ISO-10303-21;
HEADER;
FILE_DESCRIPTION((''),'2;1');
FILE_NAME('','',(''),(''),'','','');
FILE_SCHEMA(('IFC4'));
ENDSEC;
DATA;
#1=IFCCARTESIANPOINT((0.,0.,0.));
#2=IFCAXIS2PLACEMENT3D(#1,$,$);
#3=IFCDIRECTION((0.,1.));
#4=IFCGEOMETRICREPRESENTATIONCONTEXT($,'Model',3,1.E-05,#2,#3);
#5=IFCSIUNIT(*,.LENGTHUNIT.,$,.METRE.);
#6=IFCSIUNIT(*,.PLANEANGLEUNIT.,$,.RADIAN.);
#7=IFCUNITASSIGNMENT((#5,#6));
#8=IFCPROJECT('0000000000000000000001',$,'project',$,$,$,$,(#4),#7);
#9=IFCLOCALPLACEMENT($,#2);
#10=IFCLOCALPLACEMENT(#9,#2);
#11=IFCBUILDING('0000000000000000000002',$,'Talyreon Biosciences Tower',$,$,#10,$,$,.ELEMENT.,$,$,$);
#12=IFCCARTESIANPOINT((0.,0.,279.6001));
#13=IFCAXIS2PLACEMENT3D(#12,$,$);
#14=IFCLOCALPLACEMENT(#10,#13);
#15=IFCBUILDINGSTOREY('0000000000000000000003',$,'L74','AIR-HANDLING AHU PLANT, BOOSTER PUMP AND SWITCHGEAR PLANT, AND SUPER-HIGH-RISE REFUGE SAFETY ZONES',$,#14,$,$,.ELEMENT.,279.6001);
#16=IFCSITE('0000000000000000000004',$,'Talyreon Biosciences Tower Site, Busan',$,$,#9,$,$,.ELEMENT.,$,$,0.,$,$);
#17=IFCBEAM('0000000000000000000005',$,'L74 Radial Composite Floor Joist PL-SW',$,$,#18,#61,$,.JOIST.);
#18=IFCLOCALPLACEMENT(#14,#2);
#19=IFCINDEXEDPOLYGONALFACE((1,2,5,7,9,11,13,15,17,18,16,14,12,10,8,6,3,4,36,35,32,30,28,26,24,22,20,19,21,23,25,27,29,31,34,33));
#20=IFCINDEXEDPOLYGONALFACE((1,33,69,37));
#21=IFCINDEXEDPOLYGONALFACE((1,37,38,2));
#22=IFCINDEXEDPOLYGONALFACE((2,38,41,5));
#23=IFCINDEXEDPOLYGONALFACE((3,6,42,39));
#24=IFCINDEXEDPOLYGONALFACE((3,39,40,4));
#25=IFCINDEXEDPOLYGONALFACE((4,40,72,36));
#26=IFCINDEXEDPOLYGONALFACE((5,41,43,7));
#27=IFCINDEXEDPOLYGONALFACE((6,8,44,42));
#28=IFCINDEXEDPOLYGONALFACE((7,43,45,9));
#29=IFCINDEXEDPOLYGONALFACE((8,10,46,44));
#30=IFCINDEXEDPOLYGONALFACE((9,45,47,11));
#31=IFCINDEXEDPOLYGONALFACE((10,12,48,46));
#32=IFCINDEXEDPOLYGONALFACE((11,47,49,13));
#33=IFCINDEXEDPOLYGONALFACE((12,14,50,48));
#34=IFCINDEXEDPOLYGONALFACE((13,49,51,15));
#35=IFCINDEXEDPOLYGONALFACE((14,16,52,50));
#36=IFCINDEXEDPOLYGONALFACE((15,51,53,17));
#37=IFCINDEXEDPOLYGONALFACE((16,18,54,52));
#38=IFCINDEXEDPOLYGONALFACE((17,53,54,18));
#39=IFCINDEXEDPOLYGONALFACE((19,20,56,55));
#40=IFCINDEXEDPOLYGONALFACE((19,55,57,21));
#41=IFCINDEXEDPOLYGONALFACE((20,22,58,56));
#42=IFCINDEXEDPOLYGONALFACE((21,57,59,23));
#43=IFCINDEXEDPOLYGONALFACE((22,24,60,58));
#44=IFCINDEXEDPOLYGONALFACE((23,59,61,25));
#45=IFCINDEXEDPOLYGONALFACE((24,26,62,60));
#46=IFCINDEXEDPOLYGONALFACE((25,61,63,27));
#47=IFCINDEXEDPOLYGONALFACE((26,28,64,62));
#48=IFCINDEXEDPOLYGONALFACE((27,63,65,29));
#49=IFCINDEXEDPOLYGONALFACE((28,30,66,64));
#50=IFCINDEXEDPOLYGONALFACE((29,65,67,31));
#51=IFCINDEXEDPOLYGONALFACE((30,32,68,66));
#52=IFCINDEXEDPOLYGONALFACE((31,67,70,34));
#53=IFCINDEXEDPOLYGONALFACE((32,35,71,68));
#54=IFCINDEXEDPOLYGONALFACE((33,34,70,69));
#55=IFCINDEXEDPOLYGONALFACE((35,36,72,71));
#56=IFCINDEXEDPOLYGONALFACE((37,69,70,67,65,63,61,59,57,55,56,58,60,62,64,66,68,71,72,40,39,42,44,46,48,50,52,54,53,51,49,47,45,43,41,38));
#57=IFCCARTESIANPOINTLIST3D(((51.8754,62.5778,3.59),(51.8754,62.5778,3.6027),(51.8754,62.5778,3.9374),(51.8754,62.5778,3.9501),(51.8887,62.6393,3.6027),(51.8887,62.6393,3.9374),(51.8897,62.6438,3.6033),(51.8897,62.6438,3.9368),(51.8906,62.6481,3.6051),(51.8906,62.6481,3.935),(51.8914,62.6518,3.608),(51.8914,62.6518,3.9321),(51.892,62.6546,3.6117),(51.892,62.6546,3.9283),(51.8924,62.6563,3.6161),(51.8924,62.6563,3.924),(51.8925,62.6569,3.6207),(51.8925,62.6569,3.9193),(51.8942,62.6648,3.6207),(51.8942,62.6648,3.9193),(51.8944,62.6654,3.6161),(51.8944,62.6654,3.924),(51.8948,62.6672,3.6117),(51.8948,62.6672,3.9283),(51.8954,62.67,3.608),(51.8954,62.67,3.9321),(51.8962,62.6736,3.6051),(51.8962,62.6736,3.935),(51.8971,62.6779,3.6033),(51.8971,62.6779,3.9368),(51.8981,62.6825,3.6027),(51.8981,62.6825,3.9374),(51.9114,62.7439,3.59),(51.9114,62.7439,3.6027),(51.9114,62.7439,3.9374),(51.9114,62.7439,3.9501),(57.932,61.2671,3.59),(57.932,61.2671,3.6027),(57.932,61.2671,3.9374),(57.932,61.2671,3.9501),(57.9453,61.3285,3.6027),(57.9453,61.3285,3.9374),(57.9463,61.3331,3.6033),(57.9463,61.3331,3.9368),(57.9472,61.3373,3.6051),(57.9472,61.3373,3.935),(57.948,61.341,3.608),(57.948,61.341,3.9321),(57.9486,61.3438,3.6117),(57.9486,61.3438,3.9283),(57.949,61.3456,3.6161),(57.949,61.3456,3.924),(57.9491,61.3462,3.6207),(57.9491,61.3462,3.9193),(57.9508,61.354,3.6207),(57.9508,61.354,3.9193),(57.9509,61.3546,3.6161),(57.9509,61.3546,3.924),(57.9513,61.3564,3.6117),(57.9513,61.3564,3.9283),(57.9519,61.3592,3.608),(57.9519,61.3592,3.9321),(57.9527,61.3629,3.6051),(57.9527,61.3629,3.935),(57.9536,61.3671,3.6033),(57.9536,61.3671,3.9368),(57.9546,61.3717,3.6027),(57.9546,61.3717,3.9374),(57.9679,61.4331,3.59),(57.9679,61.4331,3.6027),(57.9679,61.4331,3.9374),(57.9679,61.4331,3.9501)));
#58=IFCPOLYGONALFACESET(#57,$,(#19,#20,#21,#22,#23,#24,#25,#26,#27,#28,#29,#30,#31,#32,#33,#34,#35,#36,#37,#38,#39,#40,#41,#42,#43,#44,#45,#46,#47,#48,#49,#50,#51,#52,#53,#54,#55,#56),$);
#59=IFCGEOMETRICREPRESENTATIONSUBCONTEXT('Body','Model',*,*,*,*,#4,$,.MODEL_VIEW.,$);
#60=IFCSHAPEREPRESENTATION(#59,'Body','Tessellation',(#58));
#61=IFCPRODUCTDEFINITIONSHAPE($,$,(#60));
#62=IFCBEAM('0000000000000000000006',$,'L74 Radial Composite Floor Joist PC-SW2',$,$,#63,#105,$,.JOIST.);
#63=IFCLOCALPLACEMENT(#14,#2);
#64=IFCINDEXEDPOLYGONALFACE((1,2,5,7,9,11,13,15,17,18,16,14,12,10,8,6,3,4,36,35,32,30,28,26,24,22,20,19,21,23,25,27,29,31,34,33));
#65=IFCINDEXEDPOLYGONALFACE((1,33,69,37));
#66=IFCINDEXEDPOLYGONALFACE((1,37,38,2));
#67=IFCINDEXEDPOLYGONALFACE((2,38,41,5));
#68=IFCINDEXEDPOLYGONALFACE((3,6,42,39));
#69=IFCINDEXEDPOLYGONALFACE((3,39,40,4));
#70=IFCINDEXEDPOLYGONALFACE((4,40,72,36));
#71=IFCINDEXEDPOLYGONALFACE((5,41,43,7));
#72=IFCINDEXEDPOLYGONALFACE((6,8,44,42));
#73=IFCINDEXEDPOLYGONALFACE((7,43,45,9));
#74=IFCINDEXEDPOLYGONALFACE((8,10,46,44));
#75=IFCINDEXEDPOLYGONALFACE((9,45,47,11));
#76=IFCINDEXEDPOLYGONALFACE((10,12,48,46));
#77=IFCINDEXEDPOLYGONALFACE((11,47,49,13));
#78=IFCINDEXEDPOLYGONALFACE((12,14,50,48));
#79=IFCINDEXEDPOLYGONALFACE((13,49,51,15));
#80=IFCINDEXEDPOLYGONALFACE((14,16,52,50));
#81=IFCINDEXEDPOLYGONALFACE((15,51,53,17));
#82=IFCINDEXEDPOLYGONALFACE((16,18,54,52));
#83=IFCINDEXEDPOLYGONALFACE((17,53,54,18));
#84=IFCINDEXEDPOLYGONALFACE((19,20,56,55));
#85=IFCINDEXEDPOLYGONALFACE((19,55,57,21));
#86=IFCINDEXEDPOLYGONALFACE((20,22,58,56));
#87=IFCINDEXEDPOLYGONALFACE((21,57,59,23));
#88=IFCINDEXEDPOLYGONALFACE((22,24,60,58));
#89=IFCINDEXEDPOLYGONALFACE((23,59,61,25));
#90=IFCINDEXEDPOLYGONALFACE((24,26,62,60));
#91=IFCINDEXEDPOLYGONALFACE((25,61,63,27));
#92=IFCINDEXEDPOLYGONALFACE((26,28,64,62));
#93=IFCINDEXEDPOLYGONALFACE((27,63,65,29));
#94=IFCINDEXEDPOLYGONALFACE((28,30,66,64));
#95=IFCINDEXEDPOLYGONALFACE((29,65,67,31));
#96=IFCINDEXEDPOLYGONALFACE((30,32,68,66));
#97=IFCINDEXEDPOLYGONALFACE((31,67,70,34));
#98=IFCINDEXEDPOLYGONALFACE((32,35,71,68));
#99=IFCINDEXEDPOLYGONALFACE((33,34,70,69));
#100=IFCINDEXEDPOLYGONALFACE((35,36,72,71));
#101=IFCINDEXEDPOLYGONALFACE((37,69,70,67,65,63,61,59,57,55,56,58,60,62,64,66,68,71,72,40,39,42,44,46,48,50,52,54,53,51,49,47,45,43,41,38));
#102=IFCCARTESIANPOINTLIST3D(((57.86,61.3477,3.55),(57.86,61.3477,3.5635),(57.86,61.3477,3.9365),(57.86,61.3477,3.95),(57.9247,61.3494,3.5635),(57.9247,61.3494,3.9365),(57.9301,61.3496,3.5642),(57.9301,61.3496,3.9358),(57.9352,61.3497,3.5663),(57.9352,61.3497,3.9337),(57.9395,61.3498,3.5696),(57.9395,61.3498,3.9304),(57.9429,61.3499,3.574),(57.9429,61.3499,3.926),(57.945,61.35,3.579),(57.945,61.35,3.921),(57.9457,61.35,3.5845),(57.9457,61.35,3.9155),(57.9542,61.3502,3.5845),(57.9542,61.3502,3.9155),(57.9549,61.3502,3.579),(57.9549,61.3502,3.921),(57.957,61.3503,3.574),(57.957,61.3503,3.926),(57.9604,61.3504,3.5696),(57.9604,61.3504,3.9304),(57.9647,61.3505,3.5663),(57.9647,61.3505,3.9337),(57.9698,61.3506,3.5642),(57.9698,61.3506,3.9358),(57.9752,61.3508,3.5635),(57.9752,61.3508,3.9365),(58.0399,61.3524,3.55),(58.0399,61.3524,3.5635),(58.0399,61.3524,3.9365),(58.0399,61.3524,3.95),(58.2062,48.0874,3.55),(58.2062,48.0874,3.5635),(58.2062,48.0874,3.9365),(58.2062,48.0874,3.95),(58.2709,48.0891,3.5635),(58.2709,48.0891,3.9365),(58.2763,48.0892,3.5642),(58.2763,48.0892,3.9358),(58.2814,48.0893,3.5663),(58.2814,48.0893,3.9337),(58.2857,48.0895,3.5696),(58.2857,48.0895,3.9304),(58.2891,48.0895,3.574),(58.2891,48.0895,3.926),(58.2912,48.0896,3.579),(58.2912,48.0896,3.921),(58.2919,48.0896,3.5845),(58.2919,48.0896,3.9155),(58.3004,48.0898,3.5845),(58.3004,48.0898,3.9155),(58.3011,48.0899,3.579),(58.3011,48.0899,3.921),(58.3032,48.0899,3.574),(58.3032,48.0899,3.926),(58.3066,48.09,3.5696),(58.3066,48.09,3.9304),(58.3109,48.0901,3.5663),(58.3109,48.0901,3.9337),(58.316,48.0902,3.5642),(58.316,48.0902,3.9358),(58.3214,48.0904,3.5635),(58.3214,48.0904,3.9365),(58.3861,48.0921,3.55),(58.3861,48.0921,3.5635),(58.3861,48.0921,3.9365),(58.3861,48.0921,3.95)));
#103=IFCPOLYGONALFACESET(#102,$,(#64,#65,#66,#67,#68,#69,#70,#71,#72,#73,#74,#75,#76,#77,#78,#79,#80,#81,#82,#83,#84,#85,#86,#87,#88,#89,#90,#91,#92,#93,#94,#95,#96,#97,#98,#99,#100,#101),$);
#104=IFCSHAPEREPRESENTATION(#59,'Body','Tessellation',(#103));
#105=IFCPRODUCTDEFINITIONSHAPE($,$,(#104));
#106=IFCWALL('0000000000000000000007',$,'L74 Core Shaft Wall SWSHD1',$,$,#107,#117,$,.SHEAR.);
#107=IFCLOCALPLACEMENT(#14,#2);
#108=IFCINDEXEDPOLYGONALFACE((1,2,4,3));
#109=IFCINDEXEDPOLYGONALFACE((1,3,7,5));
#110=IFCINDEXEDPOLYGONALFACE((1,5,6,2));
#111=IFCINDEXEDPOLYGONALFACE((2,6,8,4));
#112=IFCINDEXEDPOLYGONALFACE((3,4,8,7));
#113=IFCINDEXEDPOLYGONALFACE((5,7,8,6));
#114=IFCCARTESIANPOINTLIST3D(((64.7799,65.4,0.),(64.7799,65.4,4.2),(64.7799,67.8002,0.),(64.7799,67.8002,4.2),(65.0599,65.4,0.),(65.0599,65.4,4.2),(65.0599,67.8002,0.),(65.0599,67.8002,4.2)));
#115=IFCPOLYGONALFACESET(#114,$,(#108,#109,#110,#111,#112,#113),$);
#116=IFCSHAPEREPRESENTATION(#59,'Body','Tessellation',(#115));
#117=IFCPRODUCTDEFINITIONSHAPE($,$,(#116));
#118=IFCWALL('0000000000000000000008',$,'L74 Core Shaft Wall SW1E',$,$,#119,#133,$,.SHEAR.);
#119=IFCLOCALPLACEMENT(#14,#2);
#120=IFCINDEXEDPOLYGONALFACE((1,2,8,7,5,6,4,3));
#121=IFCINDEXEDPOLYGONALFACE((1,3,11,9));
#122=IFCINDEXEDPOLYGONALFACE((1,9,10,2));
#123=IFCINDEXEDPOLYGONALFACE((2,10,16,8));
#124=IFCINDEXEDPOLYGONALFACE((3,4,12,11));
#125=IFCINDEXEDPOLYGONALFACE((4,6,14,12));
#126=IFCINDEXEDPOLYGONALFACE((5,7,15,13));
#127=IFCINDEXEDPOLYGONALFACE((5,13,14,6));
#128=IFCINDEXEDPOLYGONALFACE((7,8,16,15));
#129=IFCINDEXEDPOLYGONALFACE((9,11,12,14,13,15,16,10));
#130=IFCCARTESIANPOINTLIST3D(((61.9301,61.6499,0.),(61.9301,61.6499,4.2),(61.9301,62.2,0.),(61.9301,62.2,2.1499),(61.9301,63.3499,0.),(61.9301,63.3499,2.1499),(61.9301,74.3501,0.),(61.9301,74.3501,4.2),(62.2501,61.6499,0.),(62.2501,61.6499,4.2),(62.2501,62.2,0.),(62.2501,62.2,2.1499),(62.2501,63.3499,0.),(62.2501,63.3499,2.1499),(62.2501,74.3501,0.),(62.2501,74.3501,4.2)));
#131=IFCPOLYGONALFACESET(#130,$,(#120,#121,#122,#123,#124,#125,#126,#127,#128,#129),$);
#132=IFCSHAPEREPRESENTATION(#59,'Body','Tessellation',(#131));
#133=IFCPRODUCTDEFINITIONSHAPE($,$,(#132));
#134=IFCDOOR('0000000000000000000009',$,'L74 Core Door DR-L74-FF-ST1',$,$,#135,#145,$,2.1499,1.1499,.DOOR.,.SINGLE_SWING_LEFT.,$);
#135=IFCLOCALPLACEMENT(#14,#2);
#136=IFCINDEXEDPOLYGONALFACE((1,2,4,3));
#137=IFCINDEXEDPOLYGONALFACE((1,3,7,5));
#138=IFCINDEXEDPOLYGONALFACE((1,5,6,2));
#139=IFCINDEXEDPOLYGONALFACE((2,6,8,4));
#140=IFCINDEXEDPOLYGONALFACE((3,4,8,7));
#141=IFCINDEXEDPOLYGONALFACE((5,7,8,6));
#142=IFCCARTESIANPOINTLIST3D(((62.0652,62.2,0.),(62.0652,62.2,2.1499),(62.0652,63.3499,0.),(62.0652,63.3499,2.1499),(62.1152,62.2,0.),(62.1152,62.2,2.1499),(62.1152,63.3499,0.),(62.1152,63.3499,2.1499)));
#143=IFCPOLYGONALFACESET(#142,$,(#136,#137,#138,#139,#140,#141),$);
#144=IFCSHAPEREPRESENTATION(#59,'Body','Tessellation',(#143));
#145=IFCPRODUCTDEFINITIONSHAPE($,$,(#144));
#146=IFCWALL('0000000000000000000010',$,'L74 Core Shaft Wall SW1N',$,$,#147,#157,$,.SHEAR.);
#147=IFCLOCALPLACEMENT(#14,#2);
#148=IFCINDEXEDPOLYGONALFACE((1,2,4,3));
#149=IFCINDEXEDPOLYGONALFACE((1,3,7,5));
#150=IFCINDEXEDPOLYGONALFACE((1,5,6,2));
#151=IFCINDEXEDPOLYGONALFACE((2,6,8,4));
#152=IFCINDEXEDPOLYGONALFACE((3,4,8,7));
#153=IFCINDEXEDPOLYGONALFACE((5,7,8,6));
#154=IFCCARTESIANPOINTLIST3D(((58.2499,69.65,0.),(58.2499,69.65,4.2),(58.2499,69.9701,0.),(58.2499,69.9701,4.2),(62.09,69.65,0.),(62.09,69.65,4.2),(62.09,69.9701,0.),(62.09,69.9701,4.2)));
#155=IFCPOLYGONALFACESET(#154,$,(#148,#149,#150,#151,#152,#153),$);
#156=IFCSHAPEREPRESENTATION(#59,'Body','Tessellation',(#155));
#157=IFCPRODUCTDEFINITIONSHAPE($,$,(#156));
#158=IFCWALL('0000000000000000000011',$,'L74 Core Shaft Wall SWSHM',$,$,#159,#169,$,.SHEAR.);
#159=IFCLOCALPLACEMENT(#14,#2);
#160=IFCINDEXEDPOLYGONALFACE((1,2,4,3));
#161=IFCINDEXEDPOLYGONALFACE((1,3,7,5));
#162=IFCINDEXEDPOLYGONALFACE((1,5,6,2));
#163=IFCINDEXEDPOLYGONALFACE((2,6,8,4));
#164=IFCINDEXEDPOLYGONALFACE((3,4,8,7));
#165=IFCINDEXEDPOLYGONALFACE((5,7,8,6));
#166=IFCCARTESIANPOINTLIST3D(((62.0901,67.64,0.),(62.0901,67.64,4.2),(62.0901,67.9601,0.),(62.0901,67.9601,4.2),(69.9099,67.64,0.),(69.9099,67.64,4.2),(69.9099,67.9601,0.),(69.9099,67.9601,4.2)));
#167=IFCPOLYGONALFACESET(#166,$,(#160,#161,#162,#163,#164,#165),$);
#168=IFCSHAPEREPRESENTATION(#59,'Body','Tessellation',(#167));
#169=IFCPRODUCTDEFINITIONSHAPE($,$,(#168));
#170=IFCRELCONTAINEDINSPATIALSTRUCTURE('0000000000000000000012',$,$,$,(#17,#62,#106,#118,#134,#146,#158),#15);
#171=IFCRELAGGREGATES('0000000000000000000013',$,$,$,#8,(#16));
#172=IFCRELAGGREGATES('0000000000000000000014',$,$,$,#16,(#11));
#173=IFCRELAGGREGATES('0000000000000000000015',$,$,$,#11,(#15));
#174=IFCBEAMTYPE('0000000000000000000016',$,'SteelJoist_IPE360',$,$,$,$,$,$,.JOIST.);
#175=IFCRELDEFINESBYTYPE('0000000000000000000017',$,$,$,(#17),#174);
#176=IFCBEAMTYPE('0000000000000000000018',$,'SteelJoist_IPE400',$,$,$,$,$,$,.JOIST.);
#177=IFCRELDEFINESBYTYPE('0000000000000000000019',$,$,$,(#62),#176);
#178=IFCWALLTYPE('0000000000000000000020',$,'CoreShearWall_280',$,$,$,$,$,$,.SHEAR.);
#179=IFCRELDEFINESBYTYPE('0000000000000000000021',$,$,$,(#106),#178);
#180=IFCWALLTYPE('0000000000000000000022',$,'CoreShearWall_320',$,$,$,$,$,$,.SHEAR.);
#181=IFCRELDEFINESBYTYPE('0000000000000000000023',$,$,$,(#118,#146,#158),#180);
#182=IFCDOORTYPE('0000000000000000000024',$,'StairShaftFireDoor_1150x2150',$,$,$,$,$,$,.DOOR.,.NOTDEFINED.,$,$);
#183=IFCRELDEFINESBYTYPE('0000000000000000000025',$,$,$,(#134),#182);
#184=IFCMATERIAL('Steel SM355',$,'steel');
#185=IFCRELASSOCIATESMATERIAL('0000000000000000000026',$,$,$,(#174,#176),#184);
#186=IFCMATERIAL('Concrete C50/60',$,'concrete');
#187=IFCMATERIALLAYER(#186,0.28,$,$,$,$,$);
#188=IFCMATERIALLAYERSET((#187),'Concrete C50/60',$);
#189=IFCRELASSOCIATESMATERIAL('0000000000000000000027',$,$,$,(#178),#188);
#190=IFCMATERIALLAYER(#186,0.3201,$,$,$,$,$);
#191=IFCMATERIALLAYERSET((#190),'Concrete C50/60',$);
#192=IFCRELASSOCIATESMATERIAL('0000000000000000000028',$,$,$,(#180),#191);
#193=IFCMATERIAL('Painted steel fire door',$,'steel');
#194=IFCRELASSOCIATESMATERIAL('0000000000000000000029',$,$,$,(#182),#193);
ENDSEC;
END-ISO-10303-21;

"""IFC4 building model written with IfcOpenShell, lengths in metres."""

from ifc_helpers import new_model, si_unit, direction, frame, frame_2d, origin, origin_2d, place, context, subcontext, project, spatial, rectangle, i_section, extrude, material, layer, layer_set, material_profile, profile_set, type_object, element, fill, save


model = new_model("IFC4")

# Units and contexts
model_context = context("Model", 3, precision=1e-05, world=origin(), true_north=direction((0.0, 1.0)))
body_context = subcontext(model_context, "Body", "Model", "MODEL_VIEW")
ifc_project = project(units=[si_unit("LENGTHUNIT", "METRE"), si_unit("PLANEANGLEUNIT", "RADIAN")], contexts=[model_context])

# Site, building, storey
site_placement = place(None, origin())
site = spatial("IfcSite", under=ifc_project, at=site_placement, Name="Talyreon Biosciences Tower Site, Busan", CompositionType="ELEMENT", RefElevation=0.0)
building_placement = place(site_placement, origin())
building = spatial("IfcBuilding", under=site, at=building_placement, Name="Talyreon Biosciences Tower", CompositionType="ELEMENT")
storey_placement = place(building_placement, frame((0.0, 0.0, 279.6001)))
storey = spatial("IfcBuildingStorey", under=building, at=storey_placement, Name="L74", Description="AIR-HANDLING AHU PLANT, BOOSTER PUMP AND SWITCHGEAR PLANT, AND SUPER-HIGH-RISE REFUGE SAFETY ZONES", CompositionType="ELEMENT", Elevation=279.6001)

# Beams
ifc_material_1 = material(Name="Steel SM355", Category="steel")
ifc_material_profile_1 = material_profile(ifc_material_1, i_section(OverallWidth=0.1699, OverallDepth=0.3601, WebThickness=0.0081, FlangeThickness=0.0127, FilletRadius=0.0181, at=origin_2d()), Name="IPE360")
ifc_profile_set_1 = profile_set([ifc_material_profile_1], Name="Steel SM355")
beam_type_1 = type_object("IfcBeamType", Name="SteelJoist_IPE360", PredefinedType="JOIST", material=ifc_profile_set_1)
beam_1_placement = place(storey_placement, frame((57.95, 61.3501, 3.77), z_axis=(-0.977373, 0.211525, 0.0), x_axis=(-0.211525, -0.977373, 0.0)))
element("IfcBeam", 1, at=beam_1_placement, inside=storey, type_object=beam_type_1, Name="L74 Radial Composite Floor Joist PL-SW", PredefinedType="JOIST", context=body_context, shape_type="SweptSolid", body=[
    extrude(i_section(OverallWidth=0.1699, OverallDepth=0.3601, WebThickness=0.0081, FlangeThickness=0.0127, FilletRadius=0.0181, at=origin_2d()), origin(), (0.0, 0.0, 1.0), 6.1968),
])
ifc_material_profile_2 = material_profile(ifc_material_1, i_section(OverallWidth=0.1799, OverallDepth=0.3999, WebThickness=0.0085, FlangeThickness=0.0134, FilletRadius=0.021, at=origin_2d()), Name="IPE400")
ifc_profile_set_2 = profile_set([ifc_material_profile_2], Name="Steel SM355")
beam_type_2 = type_object("IfcBeamType", Name="SteelJoist_IPE400", PredefinedType="JOIST", material=ifc_profile_set_2)
beam_2_placement = place(storey_placement, frame((57.95, 61.3501, 3.75), z_axis=(0.026099, -0.999659, 0.0), x_axis=(0.999659, 0.026099, 0.0)))
element("IfcBeam", 2, at=beam_2_placement, inside=storey, type_object=beam_type_2, Name="L74 Radial Composite Floor Joist PC-SW2", PredefinedType="JOIST", context=body_context, shape_type="SweptSolid", body=[
    extrude(i_section(OverallWidth=0.1799, OverallDepth=0.3999, WebThickness=0.0085, FlangeThickness=0.0134, FilletRadius=0.021, at=origin_2d()), origin(), (0.0, 0.0, 1.0), 13.2649),
])

# Wall
ifc_material_2 = material(Name="Concrete C50/60", Category="concrete")
ifc_layer_1 = layer(ifc_material_2, 0.28)
ifc_layer_set_1 = layer_set([ifc_layer_1], Name="Concrete C50/60")
wall_type_1 = type_object("IfcWallType", Name="CoreShearWall_280", PredefinedType="SHEAR", material=ifc_layer_set_1)
wall_1_placement = place(storey_placement, frame((64.9199, 65.3999, 0.0), z_axis=(0.0, 0.0, 1.0), x_axis=(0.0, 1.0, 0.0)))
element("IfcWall", 3, at=wall_1_placement, inside=storey, type_object=wall_type_1, Name="L74 Core Shaft Wall SWSHD1", PredefinedType="SHEAR", context=body_context, shape_type="SweptSolid", body=[
    extrude(rectangle(XDim=2.4001, YDim=0.28, at=frame_2d((1.2002, 0.0))), origin(), (0.0, 0.0, 1.0), 4.2),
])

# Wall, opening, door
ifc_layer_2 = layer(ifc_material_2, 0.3201)
ifc_layer_set_2 = layer_set([ifc_layer_2], Name="Concrete C50/60")
wall_type_2 = type_object("IfcWallType", Name="CoreShearWall_320", PredefinedType="SHEAR", material=ifc_layer_set_2)
wall_2_placement = place(storey_placement, frame((62.0901, 61.6499, 0.0), z_axis=(0.0, 0.0, 1.0), x_axis=(0.0, 1.0, 0.0)))
wall_2 = element("IfcWall", 4, at=wall_2_placement, inside=storey, type_object=wall_type_2, Name="L74 Core Shaft Wall SW1E", PredefinedType="SHEAR", context=body_context, shape_type="SweptSolid", body=[
    extrude(rectangle(XDim=12.7002, YDim=0.3201, at=frame_2d((6.3501, 0.0))), origin(), (0.0, 0.0, 1.0), 4.2),
])
opening_1_placement = place(wall_2_placement, frame((0.55, 0.0, 0.0)))
opening_1 = element("IfcOpeningElement", 5, at=opening_1_placement, cuts=wall_2, PredefinedType="OPENING", context=body_context, shape_type="SweptSolid", body=[
    extrude(rectangle(XDim=1.1499, YDim=2.1499, at=frame_2d((0.575, 1.075))), frame((0.0, 0.1699, 0.0), z_axis=(0.0, -1.0, 0.0), x_axis=(1.0, 0.0, 0.0)), (0.0, 0.0, 1.0), 0.3401),
])
ifc_material_3 = material(Name="Painted steel fire door", Category="steel")
door_type_1 = type_object("IfcDoorType", Name="StairShaftFireDoor_1150x2150", OperationType="NOTDEFINED", PredefinedType="DOOR", material=ifc_material_3)
door_1_placement = place(opening_1_placement, origin())
door_1 = element("IfcDoor", 6, at=door_1_placement, inside=storey, type_object=door_type_1, Name="L74 Core Door DR-L74-FF-ST1", OperationType="SINGLE_SWING_LEFT", OverallHeight=2.1499, OverallWidth=1.1499, PredefinedType="DOOR", context=body_context, shape_type="SweptSolid", body=[
    extrude(rectangle(XDim=1.1499, YDim=2.1499, at=frame_2d((0.575, 1.075))), frame((0.0, 0.0249, 0.0), z_axis=(0.0, -1.0, 0.0), x_axis=(1.0, 0.0, 0.0)), (0.0, 0.0, 1.0), 0.05),
])
fill(opening_1, door_1)

# Walls
wall_3_placement = place(storey_placement, frame((58.25, 69.8101, 0.0), z_axis=(0.0, 0.0, 1.0), x_axis=(1.0, 0.0, 0.0)))
element("IfcWall", 7, at=wall_3_placement, inside=storey, type_object=wall_type_2, Name="L74 Core Shaft Wall SW1N", PredefinedType="SHEAR", context=body_context, shape_type="SweptSolid", body=[
    extrude(rectangle(XDim=3.8401, YDim=0.3201, at=frame_2d((1.9199, 0.0))), origin(), (0.0, 0.0, 1.0), 4.2),
])
wall_4_placement = place(storey_placement, frame((62.0901, 67.8, 0.0), z_axis=(0.0, 0.0, 1.0), x_axis=(1.0, 0.0, 0.0)))
element("IfcWall", 8, at=wall_4_placement, inside=storey, type_object=wall_type_2, Name="L74 Core Shaft Wall SWSHM", PredefinedType="SHEAR", context=body_context, shape_type="SweptSolid", body=[
    extrude(rectangle(XDim=7.8198, YDim=0.3201, at=frame_2d((3.9099, 0.0))), origin(), (0.0, 0.0, 1.0), 4.2),
])

save(model, "model.ifc")
